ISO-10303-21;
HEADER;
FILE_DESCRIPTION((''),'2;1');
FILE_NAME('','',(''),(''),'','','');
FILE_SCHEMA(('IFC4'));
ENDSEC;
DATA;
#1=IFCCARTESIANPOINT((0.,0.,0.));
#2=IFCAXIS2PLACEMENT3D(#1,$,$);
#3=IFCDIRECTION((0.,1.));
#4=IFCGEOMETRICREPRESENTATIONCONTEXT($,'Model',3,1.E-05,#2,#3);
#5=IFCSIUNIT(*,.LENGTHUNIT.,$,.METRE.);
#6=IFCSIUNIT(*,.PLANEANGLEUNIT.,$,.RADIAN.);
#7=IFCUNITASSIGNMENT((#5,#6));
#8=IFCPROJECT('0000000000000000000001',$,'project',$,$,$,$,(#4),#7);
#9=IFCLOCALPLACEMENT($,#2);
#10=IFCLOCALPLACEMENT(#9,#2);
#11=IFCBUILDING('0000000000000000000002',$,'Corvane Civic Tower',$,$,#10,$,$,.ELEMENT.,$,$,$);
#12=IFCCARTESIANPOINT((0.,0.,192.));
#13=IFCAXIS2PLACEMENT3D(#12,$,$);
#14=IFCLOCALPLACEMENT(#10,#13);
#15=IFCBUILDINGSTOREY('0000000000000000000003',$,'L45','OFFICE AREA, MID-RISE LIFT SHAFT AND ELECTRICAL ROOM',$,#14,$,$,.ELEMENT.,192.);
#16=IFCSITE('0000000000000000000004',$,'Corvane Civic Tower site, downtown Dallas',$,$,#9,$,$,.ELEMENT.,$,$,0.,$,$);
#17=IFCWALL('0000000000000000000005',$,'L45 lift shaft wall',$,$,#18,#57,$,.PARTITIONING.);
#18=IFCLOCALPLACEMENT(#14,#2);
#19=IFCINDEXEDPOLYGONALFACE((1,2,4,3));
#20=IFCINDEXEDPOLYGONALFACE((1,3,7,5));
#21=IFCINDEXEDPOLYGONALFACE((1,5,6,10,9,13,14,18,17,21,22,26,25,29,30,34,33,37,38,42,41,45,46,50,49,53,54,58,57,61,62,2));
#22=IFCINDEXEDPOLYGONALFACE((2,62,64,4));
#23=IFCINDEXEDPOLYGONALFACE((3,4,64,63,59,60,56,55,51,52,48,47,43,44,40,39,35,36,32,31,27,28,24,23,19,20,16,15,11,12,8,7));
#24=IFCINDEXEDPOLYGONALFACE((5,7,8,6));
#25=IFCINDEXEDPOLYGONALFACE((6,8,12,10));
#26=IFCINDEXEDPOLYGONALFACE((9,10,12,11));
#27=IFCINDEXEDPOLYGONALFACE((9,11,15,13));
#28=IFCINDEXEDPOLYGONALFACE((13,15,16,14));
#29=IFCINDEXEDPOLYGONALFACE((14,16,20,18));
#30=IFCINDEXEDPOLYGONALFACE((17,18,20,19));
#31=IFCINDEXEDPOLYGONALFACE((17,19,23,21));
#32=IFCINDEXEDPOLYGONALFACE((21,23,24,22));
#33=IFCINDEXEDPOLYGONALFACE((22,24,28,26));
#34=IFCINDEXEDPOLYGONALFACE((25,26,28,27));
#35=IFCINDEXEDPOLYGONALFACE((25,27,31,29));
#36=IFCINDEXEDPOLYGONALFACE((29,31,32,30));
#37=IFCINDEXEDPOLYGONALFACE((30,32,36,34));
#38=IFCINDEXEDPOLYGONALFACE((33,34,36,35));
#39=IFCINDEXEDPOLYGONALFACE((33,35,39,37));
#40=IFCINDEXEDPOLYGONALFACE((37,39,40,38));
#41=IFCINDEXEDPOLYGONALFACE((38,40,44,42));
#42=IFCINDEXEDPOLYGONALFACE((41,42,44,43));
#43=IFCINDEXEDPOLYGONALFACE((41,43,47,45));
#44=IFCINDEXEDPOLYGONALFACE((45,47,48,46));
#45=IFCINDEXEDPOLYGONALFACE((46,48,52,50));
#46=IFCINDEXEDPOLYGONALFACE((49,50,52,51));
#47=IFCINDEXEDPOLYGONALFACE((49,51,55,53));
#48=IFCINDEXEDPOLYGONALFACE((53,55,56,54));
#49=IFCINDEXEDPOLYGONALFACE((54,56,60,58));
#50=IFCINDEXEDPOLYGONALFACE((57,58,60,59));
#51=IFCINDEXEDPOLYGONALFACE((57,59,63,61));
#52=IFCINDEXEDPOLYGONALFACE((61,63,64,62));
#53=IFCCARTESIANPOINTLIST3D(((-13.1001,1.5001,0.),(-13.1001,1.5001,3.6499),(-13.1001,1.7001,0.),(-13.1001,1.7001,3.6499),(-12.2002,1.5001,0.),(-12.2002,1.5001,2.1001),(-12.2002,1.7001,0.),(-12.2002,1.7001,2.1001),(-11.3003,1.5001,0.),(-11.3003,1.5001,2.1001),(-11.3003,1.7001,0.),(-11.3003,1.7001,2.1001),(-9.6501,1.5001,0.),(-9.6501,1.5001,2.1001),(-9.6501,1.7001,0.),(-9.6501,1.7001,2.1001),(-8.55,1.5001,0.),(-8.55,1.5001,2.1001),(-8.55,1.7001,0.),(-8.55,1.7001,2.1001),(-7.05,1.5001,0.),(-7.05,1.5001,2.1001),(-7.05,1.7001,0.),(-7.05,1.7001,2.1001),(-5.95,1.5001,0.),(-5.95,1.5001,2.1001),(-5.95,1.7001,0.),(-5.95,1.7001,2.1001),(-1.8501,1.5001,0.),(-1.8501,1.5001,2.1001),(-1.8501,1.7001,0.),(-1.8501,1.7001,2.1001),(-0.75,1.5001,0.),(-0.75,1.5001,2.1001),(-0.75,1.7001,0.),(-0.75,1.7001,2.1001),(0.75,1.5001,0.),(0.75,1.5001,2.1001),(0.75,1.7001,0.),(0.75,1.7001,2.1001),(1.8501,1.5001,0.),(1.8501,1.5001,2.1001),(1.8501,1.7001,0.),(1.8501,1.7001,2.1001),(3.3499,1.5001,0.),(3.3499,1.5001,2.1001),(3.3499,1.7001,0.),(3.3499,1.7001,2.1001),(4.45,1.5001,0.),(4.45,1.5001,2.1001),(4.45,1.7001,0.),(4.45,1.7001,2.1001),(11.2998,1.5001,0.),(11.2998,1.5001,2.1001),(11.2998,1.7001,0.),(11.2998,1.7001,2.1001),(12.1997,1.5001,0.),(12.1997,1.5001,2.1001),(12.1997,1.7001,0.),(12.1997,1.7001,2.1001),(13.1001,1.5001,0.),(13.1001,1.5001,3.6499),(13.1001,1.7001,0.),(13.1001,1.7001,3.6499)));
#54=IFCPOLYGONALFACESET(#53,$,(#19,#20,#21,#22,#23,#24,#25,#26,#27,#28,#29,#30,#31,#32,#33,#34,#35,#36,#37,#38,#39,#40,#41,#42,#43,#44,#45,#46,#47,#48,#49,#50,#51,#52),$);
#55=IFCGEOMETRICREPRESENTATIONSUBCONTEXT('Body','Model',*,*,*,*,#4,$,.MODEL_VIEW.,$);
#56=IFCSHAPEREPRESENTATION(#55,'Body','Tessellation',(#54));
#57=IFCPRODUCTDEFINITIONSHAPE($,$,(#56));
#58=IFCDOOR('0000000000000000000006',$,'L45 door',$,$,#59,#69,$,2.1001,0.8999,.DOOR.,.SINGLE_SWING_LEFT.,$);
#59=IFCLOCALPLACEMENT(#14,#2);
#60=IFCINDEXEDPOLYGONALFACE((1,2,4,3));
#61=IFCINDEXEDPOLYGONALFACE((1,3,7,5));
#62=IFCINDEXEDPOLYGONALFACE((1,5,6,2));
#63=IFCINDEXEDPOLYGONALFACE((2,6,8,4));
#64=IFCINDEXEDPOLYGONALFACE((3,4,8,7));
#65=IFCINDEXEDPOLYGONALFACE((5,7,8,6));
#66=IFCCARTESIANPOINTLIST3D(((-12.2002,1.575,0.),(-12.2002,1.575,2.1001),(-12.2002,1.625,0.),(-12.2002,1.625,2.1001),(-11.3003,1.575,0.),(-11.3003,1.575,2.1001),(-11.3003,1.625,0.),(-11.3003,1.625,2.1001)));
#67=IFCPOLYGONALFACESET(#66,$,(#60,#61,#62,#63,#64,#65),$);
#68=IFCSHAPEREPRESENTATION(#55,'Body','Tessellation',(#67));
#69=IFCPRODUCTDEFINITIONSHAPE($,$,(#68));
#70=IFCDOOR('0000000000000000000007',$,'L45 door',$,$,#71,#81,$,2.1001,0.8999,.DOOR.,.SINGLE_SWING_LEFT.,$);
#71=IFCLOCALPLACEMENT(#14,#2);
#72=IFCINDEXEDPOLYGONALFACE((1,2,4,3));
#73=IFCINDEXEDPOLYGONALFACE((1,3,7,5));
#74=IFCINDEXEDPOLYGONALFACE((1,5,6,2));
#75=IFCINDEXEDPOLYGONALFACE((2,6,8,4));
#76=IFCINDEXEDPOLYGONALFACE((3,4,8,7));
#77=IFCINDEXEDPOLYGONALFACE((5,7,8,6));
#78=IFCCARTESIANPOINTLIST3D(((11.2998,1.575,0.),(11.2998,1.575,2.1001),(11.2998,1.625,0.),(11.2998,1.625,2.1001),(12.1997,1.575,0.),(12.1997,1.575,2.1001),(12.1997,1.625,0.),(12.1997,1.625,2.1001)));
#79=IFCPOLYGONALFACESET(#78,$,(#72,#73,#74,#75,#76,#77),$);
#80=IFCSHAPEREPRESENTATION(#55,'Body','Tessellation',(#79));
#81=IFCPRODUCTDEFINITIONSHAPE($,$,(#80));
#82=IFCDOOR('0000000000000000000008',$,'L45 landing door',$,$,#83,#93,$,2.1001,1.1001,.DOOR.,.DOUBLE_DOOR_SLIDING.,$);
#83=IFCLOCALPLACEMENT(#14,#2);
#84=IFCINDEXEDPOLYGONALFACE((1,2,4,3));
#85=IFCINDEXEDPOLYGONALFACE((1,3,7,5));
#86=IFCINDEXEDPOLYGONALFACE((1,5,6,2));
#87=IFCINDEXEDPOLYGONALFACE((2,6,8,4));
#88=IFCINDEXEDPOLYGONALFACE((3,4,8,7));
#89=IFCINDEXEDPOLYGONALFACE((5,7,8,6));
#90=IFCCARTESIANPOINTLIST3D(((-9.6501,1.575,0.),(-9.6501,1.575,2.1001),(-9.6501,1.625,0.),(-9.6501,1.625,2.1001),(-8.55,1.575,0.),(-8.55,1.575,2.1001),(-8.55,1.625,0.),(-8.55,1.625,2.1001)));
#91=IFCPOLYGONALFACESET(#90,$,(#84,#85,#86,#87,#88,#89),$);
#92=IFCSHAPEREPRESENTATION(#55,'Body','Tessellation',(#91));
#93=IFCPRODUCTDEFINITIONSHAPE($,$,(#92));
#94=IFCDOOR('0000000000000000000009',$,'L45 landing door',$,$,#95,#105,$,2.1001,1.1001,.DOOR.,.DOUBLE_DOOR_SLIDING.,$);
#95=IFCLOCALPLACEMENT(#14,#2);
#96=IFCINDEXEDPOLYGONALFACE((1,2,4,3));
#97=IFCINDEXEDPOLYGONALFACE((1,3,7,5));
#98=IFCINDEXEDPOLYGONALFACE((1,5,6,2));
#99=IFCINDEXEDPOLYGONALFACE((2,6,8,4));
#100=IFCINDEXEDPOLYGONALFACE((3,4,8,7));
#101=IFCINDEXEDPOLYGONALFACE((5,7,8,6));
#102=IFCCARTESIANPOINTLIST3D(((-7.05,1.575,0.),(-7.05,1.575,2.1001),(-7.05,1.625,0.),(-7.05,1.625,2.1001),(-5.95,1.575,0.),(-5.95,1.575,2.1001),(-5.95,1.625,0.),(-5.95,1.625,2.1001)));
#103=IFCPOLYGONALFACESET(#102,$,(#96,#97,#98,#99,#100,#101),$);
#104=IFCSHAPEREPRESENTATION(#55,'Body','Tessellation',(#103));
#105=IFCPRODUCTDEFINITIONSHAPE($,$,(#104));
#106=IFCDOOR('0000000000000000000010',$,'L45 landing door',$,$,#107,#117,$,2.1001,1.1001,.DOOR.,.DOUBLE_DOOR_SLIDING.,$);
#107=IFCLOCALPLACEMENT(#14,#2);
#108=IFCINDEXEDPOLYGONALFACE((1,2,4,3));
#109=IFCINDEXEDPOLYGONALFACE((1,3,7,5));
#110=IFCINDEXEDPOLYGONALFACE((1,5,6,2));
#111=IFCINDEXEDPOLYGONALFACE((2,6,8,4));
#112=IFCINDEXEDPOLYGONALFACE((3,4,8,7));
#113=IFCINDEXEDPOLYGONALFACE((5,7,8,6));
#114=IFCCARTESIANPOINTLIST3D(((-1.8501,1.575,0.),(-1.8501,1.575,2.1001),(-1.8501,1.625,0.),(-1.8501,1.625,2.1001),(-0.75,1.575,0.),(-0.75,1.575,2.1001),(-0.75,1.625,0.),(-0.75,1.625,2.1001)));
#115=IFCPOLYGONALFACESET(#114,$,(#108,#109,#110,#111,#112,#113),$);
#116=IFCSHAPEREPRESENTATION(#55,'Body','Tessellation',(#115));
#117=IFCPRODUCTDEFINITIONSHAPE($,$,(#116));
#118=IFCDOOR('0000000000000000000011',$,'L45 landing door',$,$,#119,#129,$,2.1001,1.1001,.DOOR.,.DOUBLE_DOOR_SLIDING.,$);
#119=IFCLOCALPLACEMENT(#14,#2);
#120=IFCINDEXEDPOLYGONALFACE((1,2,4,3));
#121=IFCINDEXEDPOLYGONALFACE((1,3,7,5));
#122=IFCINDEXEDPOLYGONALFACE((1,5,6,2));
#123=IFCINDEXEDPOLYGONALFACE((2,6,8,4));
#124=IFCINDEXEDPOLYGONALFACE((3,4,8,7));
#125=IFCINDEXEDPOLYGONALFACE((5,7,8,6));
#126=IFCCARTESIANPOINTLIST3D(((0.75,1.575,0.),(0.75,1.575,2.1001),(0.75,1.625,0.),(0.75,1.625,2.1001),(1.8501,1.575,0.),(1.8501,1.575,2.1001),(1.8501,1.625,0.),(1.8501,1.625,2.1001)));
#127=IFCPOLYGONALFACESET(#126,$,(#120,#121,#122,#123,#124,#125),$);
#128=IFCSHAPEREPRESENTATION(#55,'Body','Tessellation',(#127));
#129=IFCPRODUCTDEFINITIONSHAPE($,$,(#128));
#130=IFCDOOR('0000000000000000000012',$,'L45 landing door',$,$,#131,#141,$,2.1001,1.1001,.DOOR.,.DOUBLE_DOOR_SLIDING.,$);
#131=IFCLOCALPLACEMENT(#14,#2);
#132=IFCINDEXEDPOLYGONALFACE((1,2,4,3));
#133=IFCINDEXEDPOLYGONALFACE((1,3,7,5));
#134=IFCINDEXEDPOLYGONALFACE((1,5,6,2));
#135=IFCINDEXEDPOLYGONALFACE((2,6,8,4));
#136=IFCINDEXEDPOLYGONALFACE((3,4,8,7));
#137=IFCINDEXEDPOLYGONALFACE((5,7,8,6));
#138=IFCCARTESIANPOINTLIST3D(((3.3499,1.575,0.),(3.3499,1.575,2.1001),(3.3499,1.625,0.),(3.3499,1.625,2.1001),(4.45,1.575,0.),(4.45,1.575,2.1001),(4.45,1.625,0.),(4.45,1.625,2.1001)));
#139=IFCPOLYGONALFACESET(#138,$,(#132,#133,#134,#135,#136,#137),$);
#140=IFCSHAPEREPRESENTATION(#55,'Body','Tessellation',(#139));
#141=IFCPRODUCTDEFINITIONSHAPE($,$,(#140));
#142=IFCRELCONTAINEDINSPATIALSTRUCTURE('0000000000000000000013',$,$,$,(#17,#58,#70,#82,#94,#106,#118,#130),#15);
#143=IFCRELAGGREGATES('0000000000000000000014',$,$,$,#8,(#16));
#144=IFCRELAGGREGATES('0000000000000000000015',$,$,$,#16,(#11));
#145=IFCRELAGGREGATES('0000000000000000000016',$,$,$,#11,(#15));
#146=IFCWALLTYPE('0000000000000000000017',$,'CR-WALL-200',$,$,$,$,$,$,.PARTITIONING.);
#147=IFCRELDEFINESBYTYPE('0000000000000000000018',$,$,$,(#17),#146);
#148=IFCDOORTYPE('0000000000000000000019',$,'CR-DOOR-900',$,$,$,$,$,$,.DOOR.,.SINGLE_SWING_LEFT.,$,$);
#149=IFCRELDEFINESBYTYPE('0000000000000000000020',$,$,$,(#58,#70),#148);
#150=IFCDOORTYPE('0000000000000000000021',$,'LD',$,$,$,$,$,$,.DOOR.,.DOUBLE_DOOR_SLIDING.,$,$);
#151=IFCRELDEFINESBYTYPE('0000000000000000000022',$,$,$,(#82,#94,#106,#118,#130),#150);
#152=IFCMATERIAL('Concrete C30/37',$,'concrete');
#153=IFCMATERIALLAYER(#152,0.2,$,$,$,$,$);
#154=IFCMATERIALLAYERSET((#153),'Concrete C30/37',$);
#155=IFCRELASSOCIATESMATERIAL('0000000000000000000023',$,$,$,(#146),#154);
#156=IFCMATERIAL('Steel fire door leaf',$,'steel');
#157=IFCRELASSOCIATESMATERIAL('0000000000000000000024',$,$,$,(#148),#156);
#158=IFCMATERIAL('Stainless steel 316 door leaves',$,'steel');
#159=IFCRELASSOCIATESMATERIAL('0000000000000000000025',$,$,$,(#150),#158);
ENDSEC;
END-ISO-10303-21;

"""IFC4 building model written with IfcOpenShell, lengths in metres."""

from ifc_helpers import new_model, si_unit, direction, frame, frame_2d, origin, place, context, subcontext, project, spatial, rectangle, extrude, material, layer, layer_set, type_object, element, fill, save


model = new_model("IFC4")

# Units and contexts
model_context = context("Model", 3, precision=1e-05, world=origin(), true_north=direction((0.0, 1.0)))
body_context = subcontext(model_context, "Body", "Model", "MODEL_VIEW")
ifc_project = project(units=[si_unit("LENGTHUNIT", "METRE"), si_unit("PLANEANGLEUNIT", "RADIAN")], contexts=[model_context])

# Site, building, storey
site_placement = place(None, origin())
site = spatial("IfcSite", under=ifc_project, at=site_placement, Name="Corvane Civic Tower site, downtown Dallas", CompositionType="ELEMENT", RefElevation=0.0)
building_placement = place(site_placement, origin())
building = spatial("IfcBuilding", under=site, at=building_placement, Name="Corvane Civic Tower", CompositionType="ELEMENT")
storey_placement = place(building_placement, frame((0.0, 0.0, 192.0)))
storey = spatial("IfcBuildingStorey", under=building, at=storey_placement, Name="L45", Description="OFFICE AREA, MID-RISE LIFT SHAFT AND ELECTRICAL ROOM", CompositionType="ELEMENT", Elevation=192.0)

# Wall, openings, doors
ifc_material_1 = material(Name="Concrete C30/37", Category="concrete")
ifc_layer_1 = layer(ifc_material_1, 0.2)
ifc_layer_set_1 = layer_set([ifc_layer_1], Name="Concrete C30/37")
wall_type_1 = type_object("IfcWallType", Name="CR-WALL-200", PredefinedType="PARTITIONING", material=ifc_layer_set_1)
wall_1_placement = place(storey_placement, frame((-13.1001, 1.6001, 0.0), z_axis=(0.0, 0.0, 1.0), x_axis=(1.0, 0.0, 0.0)))
wall_1 = element("IfcWall", 1, at=wall_1_placement, inside=storey, type_object=wall_type_1, Name="L45 lift shaft wall", PredefinedType="PARTITIONING", context=body_context, shape_type="SweptSolid", body=[
    extrude(rectangle(XDim=26.2002, YDim=0.2, at=frame_2d((13.1001, 0.0))), origin(), (0.0, 0.0, 1.0), 3.6499),
])
opening_1_placement = place(wall_1_placement, frame((3.45, 0.0, 0.0)))
opening_1 = element("IfcOpeningElement", 2, at=opening_1_placement, cuts=wall_1, PredefinedType="OPENING", context=body_context, shape_type="SweptSolid", body=[
    extrude(rectangle(XDim=1.1001, YDim=2.1001, at=frame_2d((0.55, 1.05))), frame((0.0, 0.1099, 0.0), z_axis=(0.0, -1.0, 0.0), x_axis=(1.0, 0.0, 0.0)), (0.0, 0.0, 1.0), 0.22),
])
opening_2_placement = place(wall_1_placement, frame((6.05, 0.0, 0.0)))
opening_2 = element("IfcOpeningElement", 3, at=opening_2_placement, cuts=wall_1, PredefinedType="OPENING", context=body_context, shape_type="SweptSolid", body=[
    extrude(rectangle(XDim=1.1001, YDim=2.1001, at=frame_2d((0.55, 1.05))), frame((0.0, 0.1099, 0.0), z_axis=(0.0, -1.0, 0.0), x_axis=(1.0, 0.0, 0.0)), (0.0, 0.0, 1.0), 0.22),
])
opening_3_placement = place(wall_1_placement, frame((11.25, 0.0, 0.0)))
opening_3 = element("IfcOpeningElement", 4, at=opening_3_placement, cuts=wall_1, PredefinedType="OPENING", context=body_context, shape_type="SweptSolid", body=[
    extrude(rectangle(XDim=1.1001, YDim=2.1001, at=frame_2d((0.55, 1.05))), frame((0.0, 0.1099, 0.0), z_axis=(0.0, -1.0, 0.0), x_axis=(1.0, 0.0, 0.0)), (0.0, 0.0, 1.0), 0.22),
])
opening_4_placement = place(wall_1_placement, frame((13.8501, 0.0, 0.0)))
opening_4 = element("IfcOpeningElement", 5, at=opening_4_placement, cuts=wall_1, PredefinedType="OPENING", context=body_context, shape_type="SweptSolid", body=[
    extrude(rectangle(XDim=1.1001, YDim=2.1001, at=frame_2d((0.55, 1.05))), frame((0.0, 0.1099, 0.0), z_axis=(0.0, -1.0, 0.0), x_axis=(1.0, 0.0, 0.0)), (0.0, 0.0, 1.0), 0.22),
])
opening_5_placement = place(wall_1_placement, frame((16.45, 0.0, 0.0)))
opening_5 = element("IfcOpeningElement", 6, at=opening_5_placement, cuts=wall_1, PredefinedType="OPENING", context=body_context, shape_type="SweptSolid", body=[
    extrude(rectangle(XDim=1.1001, YDim=2.1001, at=frame_2d((0.55, 1.05))), frame((0.0, 0.1099, 0.0), z_axis=(0.0, -1.0, 0.0), x_axis=(1.0, 0.0, 0.0)), (0.0, 0.0, 1.0), 0.22),
])
opening_6_placement = place(wall_1_placement, frame((0.8999, 0.0, 0.0)))
opening_6 = element("IfcOpeningElement", 7, at=opening_6_placement, cuts=wall_1, PredefinedType="OPENING", context=body_context, shape_type="SweptSolid", body=[
    extrude(rectangle(XDim=0.8999, YDim=2.1001, at=frame_2d((0.45, 1.05))), frame((0.0, 0.1099, 0.0), z_axis=(0.0, -1.0, 0.0), x_axis=(1.0, 0.0, 0.0)), (0.0, 0.0, 1.0), 0.22),
])
opening_7_placement = place(wall_1_placement, frame((24.3999, 0.0, 0.0)))
opening_7 = element("IfcOpeningElement", 8, at=opening_7_placement, cuts=wall_1, PredefinedType="OPENING", context=body_context, shape_type="SweptSolid", body=[
    extrude(rectangle(XDim=0.8999, YDim=2.1001, at=frame_2d((0.45, 1.05))), frame((0.0, 0.1099, 0.0), z_axis=(0.0, -1.0, 0.0), x_axis=(1.0, 0.0, 0.0)), (0.0, 0.0, 1.0), 0.22),
])
ifc_material_2 = material(Name="Steel fire door leaf", Category="steel")
door_type_1 = type_object("IfcDoorType", Name="CR-DOOR-900", OperationType="SINGLE_SWING_LEFT", PredefinedType="DOOR", material=ifc_material_2)
door_1_placement = place(opening_6_placement, origin())
door_1 = element("IfcDoor", 9, at=door_1_placement, inside=storey, type_object=door_type_1, Name="L45 door", OperationType="SINGLE_SWING_LEFT", OverallHeight=2.1001, OverallWidth=0.8999, PredefinedType="DOOR", context=body_context, shape_type="SweptSolid", body=[
    extrude(rectangle(XDim=0.8999, YDim=2.1001, at=frame_2d((0.45, 1.05))), frame((0.0, 0.0249, 0.0), z_axis=(0.0, -1.0, 0.0), x_axis=(1.0, 0.0, 0.0)), (0.0, 0.0, 1.0), 0.05),
])
fill(opening_6, door_1)
door_2_placement = place(opening_7_placement, origin())
door_2 = element("IfcDoor", 10, at=door_2_placement, inside=storey, type_object=door_type_1, Name="L45 door", OperationType="SINGLE_SWING_LEFT", OverallHeight=2.1001, OverallWidth=0.8999, PredefinedType="DOOR", context=body_context, shape_type="SweptSolid", body=[
    extrude(rectangle(XDim=0.8999, YDim=2.1001, at=frame_2d((0.45, 1.05))), frame((0.0, 0.0249, 0.0), z_axis=(0.0, -1.0, 0.0), x_axis=(1.0, 0.0, 0.0)), (0.0, 0.0, 1.0), 0.05),
])
fill(opening_7, door_2)
ifc_material_3 = material(Name="Stainless steel 316 door leaves", Category="steel")
door_type_2 = type_object("IfcDoorType", Name="LD", OperationType="DOUBLE_DOOR_SLIDING", PredefinedType="DOOR", material=ifc_material_3)
door_3_placement = place(opening_1_placement, origin())
door_3 = element("IfcDoor", 11, at=door_3_placement, inside=storey, type_object=door_type_2, Name="L45 landing door", OperationType="DOUBLE_DOOR_SLIDING", OverallHeight=2.1001, OverallWidth=1.1001, PredefinedType="DOOR", context=body_context, shape_type="SweptSolid", body=[
    extrude(rectangle(XDim=1.1001, YDim=2.1001, at=frame_2d((0.55, 1.05))), frame((0.0, 0.0249, 0.0), z_axis=(0.0, -1.0, 0.0), x_axis=(1.0, 0.0, 0.0)), (0.0, 0.0, 1.0), 0.05),
])
fill(opening_1, door_3)
door_4_placement = place(opening_2_placement, origin())
door_4 = element("IfcDoor", 12, at=door_4_placement, inside=storey, type_object=door_type_2, Name="L45 landing door", OperationType="DOUBLE_DOOR_SLIDING", OverallHeight=2.1001, OverallWidth=1.1001, PredefinedType="DOOR", context=body_context, shape_type="SweptSolid", body=[
    extrude(rectangle(XDim=1.1001, YDim=2.1001, at=frame_2d((0.55, 1.05))), frame((0.0, 0.0249, 0.0), z_axis=(0.0, -1.0, 0.0), x_axis=(1.0, 0.0, 0.0)), (0.0, 0.0, 1.0), 0.05),
])
fill(opening_2, door_4)
door_5_placement = place(opening_3_placement, origin())
door_5 = element("IfcDoor", 13, at=door_5_placement, inside=storey, type_object=door_type_2, Name="L45 landing door", OperationType="DOUBLE_DOOR_SLIDING", OverallHeight=2.1001, OverallWidth=1.1001, PredefinedType="DOOR", context=body_context, shape_type="SweptSolid", body=[
    extrude(rectangle(XDim=1.1001, YDim=2.1001, at=frame_2d((0.55, 1.05))), frame((0.0, 0.0249, 0.0), z_axis=(0.0, -1.0, 0.0), x_axis=(1.0, 0.0, 0.0)), (0.0, 0.0, 1.0), 0.05),
])
fill(opening_3, door_5)
door_6_placement = place(opening_4_placement, origin())
door_6 = element("IfcDoor", 14, at=door_6_placement, inside=storey, type_object=door_type_2, Name="L45 landing door", OperationType="DOUBLE_DOOR_SLIDING", OverallHeight=2.1001, OverallWidth=1.1001, PredefinedType="DOOR", context=body_context, shape_type="SweptSolid", body=[
    extrude(rectangle(XDim=1.1001, YDim=2.1001, at=frame_2d((0.55, 1.05))), frame((0.0, 0.0249, 0.0), z_axis=(0.0, -1.0, 0.0), x_axis=(1.0, 0.0, 0.0)), (0.0, 0.0, 1.0), 0.05),
])
fill(opening_4, door_6)
door_7_placement = place(opening_5_placement, origin())
door_7 = element("IfcDoor", 15, at=door_7_placement, inside=storey, type_object=door_type_2, Name="L45 landing door", OperationType="DOUBLE_DOOR_SLIDING", OverallHeight=2.1001, OverallWidth=1.1001, PredefinedType="DOOR", context=body_context, shape_type="SweptSolid", body=[
    extrude(rectangle(XDim=1.1001, YDim=2.1001, at=frame_2d((0.55, 1.05))), frame((0.0, 0.0249, 0.0), z_axis=(0.0, -1.0, 0.0), x_axis=(1.0, 0.0, 0.0)), (0.0, 0.0, 1.0), 0.05),
])
fill(opening_5, door_7)

save(model, "model.ifc")
